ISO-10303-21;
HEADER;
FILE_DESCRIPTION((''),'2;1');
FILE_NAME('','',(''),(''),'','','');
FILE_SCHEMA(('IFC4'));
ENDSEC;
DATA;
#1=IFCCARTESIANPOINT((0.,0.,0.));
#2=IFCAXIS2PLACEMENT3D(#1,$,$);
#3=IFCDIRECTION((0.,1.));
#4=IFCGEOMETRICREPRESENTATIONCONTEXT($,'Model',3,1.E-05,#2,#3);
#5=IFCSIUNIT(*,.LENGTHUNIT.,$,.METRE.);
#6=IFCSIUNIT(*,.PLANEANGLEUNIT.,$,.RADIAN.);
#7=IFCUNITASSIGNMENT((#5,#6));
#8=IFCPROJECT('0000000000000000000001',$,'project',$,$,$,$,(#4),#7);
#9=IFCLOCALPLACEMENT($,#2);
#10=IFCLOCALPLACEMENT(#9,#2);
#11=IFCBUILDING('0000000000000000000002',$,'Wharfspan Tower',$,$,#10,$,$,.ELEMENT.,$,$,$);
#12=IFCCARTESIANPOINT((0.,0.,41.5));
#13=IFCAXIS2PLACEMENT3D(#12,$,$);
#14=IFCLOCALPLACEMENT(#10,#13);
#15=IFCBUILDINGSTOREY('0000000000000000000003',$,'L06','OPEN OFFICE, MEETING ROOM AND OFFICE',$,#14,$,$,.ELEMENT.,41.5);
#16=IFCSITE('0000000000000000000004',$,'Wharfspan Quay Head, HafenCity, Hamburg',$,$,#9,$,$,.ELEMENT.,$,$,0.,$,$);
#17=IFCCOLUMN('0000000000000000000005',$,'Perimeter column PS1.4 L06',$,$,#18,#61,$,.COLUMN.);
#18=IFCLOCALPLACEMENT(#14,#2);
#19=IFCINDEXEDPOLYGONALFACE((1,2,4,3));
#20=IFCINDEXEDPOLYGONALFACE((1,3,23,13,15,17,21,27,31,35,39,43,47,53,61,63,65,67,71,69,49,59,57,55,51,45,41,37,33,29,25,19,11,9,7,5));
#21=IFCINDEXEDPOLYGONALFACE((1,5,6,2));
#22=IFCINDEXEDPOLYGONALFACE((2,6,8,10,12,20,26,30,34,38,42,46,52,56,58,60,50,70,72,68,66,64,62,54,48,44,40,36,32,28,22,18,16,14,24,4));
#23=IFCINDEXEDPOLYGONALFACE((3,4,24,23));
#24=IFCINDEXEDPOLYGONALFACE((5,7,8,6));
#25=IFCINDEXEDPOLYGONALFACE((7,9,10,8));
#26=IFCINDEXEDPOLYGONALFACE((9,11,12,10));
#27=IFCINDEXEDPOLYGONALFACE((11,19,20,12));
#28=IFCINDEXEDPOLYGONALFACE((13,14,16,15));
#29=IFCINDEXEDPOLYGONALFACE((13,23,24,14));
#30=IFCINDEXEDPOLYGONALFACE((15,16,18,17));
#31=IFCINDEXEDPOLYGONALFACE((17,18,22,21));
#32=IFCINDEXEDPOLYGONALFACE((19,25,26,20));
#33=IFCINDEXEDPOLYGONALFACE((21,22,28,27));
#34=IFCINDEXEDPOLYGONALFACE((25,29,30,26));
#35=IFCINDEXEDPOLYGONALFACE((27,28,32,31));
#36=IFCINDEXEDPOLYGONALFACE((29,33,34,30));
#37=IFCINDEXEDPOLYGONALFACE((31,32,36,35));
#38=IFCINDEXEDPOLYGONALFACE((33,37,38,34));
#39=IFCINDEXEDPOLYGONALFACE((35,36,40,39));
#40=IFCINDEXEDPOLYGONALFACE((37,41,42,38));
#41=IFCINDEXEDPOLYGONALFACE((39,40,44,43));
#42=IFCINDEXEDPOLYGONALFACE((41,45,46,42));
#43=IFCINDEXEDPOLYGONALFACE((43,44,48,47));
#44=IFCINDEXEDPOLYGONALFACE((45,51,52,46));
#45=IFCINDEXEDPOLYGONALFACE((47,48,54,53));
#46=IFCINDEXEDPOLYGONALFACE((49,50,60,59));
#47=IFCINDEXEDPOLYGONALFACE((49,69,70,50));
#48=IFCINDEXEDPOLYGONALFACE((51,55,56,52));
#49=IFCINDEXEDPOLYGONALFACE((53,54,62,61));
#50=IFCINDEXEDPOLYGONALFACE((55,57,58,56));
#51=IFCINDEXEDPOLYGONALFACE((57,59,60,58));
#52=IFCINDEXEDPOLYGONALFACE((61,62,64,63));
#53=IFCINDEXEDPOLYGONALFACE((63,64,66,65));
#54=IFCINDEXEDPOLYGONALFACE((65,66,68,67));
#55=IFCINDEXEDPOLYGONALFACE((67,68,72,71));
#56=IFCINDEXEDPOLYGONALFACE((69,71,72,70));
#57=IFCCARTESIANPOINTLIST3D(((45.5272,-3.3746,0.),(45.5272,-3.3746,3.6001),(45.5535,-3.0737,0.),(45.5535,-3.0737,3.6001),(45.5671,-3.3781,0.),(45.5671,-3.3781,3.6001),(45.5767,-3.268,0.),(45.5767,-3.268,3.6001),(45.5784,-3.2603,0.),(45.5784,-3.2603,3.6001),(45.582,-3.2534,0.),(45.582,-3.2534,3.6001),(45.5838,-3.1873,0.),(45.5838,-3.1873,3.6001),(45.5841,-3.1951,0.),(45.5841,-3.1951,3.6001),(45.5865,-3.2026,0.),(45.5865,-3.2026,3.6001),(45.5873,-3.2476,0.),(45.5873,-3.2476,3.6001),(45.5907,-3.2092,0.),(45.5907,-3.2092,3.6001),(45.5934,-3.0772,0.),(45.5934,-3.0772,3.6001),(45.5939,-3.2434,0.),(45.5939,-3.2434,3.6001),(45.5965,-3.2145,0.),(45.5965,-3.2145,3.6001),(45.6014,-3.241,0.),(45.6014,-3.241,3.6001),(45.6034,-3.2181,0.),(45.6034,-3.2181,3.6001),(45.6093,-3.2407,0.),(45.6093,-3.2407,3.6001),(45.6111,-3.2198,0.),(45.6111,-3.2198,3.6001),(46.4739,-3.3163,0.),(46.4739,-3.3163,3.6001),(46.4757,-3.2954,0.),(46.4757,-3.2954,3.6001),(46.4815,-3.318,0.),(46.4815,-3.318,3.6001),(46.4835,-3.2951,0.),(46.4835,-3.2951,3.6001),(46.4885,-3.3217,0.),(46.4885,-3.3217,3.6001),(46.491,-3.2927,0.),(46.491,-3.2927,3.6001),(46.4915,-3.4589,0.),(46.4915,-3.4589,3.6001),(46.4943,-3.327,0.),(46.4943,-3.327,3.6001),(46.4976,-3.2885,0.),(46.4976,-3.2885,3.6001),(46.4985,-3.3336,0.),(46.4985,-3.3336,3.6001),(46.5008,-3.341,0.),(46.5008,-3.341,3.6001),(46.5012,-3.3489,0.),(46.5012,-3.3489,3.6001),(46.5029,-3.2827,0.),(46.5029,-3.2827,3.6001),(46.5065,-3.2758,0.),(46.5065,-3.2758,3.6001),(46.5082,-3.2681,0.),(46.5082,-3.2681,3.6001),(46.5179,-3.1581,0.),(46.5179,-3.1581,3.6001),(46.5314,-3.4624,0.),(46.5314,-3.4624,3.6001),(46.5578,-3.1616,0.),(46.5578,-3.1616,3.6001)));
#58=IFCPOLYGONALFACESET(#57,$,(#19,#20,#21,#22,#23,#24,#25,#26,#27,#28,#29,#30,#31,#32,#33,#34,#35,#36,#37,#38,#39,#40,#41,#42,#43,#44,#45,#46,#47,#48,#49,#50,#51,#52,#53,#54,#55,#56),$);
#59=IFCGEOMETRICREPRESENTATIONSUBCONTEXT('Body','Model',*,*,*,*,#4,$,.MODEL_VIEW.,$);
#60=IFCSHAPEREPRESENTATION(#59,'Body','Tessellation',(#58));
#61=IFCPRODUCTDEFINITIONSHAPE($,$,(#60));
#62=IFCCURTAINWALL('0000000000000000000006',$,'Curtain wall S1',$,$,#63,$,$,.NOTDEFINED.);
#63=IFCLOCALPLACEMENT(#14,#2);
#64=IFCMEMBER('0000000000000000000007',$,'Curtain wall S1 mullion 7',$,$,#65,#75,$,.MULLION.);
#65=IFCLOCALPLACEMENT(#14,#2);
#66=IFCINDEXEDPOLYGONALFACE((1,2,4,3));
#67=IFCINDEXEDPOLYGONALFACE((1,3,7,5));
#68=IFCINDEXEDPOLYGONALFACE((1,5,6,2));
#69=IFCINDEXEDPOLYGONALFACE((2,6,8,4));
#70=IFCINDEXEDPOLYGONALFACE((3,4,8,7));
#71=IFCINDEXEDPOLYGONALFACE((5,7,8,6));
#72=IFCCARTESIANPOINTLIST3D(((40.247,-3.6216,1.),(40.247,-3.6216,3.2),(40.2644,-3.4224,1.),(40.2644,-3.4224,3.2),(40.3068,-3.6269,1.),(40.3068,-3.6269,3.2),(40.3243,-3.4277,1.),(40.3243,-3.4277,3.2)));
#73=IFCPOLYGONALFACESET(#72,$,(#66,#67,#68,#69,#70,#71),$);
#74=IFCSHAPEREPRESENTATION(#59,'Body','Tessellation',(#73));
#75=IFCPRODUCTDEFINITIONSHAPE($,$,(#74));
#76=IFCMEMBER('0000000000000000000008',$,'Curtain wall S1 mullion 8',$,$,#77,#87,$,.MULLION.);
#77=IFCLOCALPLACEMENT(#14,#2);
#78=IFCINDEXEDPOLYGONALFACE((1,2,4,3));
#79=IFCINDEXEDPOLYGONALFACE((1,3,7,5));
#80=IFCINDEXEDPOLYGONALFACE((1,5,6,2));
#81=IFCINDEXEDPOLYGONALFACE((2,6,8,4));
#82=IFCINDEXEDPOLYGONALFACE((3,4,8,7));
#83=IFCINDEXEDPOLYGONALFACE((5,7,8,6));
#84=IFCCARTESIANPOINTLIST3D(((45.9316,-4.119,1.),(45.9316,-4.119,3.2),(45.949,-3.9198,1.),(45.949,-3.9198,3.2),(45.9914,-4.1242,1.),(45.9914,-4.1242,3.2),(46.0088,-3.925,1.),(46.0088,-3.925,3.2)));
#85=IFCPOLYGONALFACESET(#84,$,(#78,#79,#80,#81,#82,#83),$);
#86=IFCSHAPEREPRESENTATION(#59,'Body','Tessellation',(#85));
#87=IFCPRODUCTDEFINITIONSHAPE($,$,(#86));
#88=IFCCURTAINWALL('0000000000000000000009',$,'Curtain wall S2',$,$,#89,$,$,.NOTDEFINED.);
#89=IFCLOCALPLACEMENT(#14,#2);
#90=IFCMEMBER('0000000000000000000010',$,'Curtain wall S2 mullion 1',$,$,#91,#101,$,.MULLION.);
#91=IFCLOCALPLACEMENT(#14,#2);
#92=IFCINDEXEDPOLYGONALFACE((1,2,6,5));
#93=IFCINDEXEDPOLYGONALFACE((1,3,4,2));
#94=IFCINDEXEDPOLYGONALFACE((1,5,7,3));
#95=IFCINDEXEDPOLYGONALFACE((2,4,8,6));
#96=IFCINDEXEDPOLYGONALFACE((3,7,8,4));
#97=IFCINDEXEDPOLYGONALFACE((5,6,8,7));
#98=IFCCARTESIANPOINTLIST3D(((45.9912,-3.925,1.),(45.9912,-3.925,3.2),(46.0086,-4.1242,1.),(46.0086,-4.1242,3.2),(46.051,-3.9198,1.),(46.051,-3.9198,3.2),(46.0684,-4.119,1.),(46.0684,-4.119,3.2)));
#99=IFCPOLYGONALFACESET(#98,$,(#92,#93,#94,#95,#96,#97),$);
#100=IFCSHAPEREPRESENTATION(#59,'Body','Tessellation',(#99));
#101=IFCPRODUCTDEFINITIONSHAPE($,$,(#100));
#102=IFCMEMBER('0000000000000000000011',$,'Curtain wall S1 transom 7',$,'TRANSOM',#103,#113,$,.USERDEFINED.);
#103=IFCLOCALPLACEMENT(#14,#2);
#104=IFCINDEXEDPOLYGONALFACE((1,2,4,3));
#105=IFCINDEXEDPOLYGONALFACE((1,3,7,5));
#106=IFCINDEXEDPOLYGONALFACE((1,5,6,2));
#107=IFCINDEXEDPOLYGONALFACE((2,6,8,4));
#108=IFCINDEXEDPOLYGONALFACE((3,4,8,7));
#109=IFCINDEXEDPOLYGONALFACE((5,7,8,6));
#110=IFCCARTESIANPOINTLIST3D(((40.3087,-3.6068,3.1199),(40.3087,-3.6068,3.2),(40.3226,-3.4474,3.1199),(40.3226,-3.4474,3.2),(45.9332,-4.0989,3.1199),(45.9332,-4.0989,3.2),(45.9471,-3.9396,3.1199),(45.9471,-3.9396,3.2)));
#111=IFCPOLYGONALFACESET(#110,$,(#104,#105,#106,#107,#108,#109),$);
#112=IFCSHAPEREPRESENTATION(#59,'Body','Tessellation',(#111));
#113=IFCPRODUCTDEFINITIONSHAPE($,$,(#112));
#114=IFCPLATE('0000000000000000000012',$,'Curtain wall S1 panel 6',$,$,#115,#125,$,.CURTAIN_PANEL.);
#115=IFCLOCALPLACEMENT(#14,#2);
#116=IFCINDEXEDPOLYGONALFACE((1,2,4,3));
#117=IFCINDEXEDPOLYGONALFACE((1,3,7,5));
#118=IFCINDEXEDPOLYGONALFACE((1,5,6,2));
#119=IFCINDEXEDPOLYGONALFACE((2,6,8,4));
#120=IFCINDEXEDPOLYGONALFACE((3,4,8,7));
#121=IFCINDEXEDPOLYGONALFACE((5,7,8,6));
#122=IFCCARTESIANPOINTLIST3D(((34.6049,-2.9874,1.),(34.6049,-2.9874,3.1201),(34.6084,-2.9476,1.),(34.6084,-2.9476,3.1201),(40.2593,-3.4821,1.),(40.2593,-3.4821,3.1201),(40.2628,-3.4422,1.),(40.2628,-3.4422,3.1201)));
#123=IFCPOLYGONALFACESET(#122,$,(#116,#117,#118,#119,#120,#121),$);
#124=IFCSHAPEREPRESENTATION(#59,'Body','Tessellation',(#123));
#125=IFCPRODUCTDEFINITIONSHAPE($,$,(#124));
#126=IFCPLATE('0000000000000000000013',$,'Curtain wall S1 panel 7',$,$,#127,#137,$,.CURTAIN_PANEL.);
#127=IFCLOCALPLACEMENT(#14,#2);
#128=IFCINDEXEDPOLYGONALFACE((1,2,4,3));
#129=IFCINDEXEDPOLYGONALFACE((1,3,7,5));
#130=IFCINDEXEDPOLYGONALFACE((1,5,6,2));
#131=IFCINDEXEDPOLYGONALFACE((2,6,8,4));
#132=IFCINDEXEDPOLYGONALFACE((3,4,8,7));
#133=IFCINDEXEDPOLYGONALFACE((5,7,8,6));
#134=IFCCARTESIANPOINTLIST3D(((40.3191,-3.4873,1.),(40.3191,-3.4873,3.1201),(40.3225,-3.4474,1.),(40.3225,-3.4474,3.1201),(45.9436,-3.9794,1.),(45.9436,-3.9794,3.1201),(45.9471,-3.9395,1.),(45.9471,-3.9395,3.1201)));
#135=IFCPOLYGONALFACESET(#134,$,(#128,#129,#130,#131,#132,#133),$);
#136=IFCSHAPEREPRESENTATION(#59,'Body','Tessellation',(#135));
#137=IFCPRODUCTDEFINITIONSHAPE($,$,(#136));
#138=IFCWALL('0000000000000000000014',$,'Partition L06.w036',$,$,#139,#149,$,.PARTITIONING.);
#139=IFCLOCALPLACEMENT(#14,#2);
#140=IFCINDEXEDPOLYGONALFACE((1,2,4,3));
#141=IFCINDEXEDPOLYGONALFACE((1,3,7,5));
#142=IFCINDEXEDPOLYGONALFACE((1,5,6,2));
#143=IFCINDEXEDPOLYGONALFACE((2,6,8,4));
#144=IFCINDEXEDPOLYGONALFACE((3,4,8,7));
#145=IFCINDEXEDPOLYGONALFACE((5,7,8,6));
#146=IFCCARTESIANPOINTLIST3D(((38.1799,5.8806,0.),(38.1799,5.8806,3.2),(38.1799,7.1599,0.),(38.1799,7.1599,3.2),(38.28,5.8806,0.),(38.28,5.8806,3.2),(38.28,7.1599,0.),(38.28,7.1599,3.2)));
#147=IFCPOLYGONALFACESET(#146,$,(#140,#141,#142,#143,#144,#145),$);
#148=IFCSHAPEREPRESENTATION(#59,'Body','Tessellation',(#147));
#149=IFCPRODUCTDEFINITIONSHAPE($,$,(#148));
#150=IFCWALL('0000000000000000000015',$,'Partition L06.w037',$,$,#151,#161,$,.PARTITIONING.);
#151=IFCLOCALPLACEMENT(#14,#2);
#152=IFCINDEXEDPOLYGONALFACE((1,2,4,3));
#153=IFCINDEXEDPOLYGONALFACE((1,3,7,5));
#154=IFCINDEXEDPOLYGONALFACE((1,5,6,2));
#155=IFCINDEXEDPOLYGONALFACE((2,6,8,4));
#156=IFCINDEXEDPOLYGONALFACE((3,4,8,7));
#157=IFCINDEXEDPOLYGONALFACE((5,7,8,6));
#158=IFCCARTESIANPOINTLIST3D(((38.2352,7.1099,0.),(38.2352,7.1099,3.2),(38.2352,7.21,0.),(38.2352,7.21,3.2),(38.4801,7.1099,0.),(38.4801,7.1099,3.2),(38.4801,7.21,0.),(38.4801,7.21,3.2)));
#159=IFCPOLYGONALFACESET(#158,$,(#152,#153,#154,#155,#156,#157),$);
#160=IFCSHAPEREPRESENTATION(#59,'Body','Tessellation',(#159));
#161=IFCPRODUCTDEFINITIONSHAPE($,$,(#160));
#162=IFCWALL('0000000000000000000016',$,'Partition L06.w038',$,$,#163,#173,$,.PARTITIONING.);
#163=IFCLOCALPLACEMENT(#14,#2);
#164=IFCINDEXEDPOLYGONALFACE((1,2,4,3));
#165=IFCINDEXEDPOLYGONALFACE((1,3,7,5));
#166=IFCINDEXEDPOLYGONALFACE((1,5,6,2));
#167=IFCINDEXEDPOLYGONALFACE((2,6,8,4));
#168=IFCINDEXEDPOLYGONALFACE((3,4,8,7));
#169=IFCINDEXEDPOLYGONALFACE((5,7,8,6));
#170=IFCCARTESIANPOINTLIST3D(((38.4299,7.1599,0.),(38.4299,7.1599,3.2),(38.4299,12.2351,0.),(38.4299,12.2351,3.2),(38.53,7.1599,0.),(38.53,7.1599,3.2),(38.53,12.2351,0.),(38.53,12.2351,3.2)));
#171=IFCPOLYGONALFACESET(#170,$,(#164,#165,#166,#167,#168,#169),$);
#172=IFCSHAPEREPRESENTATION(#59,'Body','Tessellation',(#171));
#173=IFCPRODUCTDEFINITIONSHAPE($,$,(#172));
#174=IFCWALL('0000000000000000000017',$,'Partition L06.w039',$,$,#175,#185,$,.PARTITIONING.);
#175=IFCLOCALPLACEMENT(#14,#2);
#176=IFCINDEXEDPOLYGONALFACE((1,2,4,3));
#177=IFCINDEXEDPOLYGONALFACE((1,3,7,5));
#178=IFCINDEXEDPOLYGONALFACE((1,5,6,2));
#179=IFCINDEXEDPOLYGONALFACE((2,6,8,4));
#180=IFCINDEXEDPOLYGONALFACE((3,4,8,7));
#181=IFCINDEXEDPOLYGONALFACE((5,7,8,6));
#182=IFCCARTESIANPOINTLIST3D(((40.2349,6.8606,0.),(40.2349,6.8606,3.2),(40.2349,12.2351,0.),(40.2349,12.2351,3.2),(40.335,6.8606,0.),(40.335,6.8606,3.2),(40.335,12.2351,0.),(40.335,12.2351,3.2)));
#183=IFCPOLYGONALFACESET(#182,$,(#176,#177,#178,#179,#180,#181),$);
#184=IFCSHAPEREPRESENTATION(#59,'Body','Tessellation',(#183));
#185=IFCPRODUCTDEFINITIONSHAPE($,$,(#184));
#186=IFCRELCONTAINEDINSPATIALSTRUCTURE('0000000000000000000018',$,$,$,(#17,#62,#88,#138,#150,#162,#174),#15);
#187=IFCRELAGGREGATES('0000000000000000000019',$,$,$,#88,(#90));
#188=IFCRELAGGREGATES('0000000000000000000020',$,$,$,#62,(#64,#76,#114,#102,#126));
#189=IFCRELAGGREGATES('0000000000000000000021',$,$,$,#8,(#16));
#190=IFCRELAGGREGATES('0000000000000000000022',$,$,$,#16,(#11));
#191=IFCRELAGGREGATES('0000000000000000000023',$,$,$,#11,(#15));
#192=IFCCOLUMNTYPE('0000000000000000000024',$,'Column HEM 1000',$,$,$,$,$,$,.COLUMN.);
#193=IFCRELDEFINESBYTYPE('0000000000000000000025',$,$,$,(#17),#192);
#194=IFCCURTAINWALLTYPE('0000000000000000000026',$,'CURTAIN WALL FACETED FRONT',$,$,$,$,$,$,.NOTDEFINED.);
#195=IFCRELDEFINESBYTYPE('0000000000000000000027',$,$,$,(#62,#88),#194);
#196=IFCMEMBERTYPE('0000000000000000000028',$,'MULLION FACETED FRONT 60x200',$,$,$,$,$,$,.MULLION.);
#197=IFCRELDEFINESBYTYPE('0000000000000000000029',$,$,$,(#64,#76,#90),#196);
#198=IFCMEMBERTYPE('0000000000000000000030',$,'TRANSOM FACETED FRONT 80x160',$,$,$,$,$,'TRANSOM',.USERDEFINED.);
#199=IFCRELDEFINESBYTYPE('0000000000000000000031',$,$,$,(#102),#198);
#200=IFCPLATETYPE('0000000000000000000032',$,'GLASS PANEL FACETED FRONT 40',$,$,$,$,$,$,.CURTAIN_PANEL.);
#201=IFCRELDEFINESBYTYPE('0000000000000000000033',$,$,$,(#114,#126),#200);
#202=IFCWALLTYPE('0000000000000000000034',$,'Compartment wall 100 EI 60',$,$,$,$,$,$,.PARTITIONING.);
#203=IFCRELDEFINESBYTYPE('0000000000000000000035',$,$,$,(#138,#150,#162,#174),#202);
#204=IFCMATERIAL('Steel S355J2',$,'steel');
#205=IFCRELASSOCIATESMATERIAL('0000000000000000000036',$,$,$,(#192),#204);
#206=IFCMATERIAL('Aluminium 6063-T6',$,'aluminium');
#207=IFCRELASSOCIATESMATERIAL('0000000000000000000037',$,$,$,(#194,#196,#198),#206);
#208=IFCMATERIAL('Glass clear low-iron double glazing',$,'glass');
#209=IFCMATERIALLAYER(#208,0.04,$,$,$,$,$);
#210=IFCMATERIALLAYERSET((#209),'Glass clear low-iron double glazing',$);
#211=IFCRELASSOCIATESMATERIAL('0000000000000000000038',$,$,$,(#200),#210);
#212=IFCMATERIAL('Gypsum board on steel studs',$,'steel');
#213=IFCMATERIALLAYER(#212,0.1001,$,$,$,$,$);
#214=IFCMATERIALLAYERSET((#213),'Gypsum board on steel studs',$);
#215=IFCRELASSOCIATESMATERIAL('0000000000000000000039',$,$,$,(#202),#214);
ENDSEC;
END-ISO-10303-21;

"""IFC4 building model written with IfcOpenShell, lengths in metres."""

from ifc_helpers import new_model, si_unit, direction, frame, frame_2d, origin, origin_2d, place, context, subcontext, project, spatial, rectangle, i_section, extrude, material, layer, layer_set, material_profile, profile_set, type_object, element, aggregate, save


model = new_model("IFC4")

# Units and contexts
model_context = context("Model", 3, precision=1e-05, world=origin(), true_north=direction((0.0, 1.0)))
body_context = subcontext(model_context, "Body", "Model", "MODEL_VIEW")
ifc_project = project(units=[si_unit("LENGTHUNIT", "METRE"), si_unit("PLANEANGLEUNIT", "RADIAN")], contexts=[model_context])

# Site, building, storey
site_placement = place(None, origin())
site = spatial("IfcSite", under=ifc_project, at=site_placement, Name="Wharfspan Quay Head, HafenCity, Hamburg", CompositionType="ELEMENT", RefElevation=0.0)
building_placement = place(site_placement, origin())
building = spatial("IfcBuilding", under=site, at=building_placement, Name="Wharfspan Tower", CompositionType="ELEMENT")
storey_placement = place(building_placement, frame((0.0, 0.0, 41.5)))
storey = spatial("IfcBuildingStorey", under=building, at=storey_placement, Name="L06", Description="OPEN OFFICE, MEETING ROOM AND OFFICE", CompositionType="ELEMENT", Elevation=41.5)

# Column
ifc_material_1 = material(Name="Steel S355J2", Category="steel")
ifc_material_profile_1 = material_profile(ifc_material_1, i_section(OverallWidth=0.302, OverallDepth=1.0081, WebThickness=0.021, FlangeThickness=0.04, FilletRadius=0.03, at=origin_2d()))
ifc_profile_set_1 = profile_set([ifc_material_profile_1], Name="Steel S355J2")
column_type = type_object("IfcColumnType", Name="Column HEM 1000", PredefinedType="COLUMN", material=ifc_profile_set_1)
column_placement = place(storey_placement, frame((46.0425, -3.2681, 0.0), z_axis=(0.0, 0.0, 1.0), x_axis=(-0.087156, -0.996198, 0.0)))
element("IfcColumn", 1, at=column_placement, inside=storey, type_object=column_type, Name="Perimeter column PS1.4 L06", PredefinedType="COLUMN", context=body_context, shape_type="SweptSolid", body=[
    extrude(i_section(OverallWidth=0.302, OverallDepth=1.0081, WebThickness=0.021, FlangeThickness=0.04, FilletRadius=0.03, at=origin_2d()), origin(), (0.0, 0.0, 1.0), 3.6001),
])

# Curtain wall, members
ifc_material_2 = material(Name="Aluminium 6063-T6", Category="aluminium")
curtain_wall_type = type_object("IfcCurtainWallType", Name="CURTAIN WALL FACETED FRONT", PredefinedType="NOTDEFINED", material=ifc_material_2)
curtain_wall_1_placement = place(storey_placement, origin())
curtain_wall_1 = element("IfcCurtainWall", 2, at=curtain_wall_1_placement, inside=storey, type_object=curtain_wall_type, Name="Curtain wall S1", PredefinedType="NOTDEFINED")
ifc_material_profile_2 = material_profile(ifc_material_2, rectangle(XDim=0.2, YDim=0.0601, at=origin_2d()))
ifc_profile_set_2 = profile_set([ifc_material_profile_2], Name="Aluminium 6063-T6")
member_type_1 = type_object("IfcMemberType", Name="MULLION FACETED FRONT 60x200", PredefinedType="MULLION", material=ifc_profile_set_2)
member_1_placement = place(storey_placement, frame((40.2856, -3.5247, 1.0), z_axis=(0.0, 0.0, 1.0), x_axis=(0.087156, 0.996197, 0.0)))
member_1 = element("IfcMember", 3, at=member_1_placement, type_object=member_type_1, Name="Curtain wall S1 mullion 7", PredefinedType="MULLION", context=body_context, shape_type="SweptSolid", body=[
    extrude(rectangle(XDim=0.2, YDim=0.0601, at=origin_2d()), origin(), (0.0, 0.0, 1.0), 2.2),
])
member_2_placement = place(storey_placement, frame((45.9702, -4.022, 1.0), z_axis=(0.0, 0.0, 1.0), x_axis=(0.087156, 0.996197, 0.0)))
member_2 = element("IfcMember", 4, at=member_2_placement, type_object=member_type_1, Name="Curtain wall S1 mullion 8", PredefinedType="MULLION", context=body_context, shape_type="SweptSolid", body=[
    extrude(rectangle(XDim=0.2, YDim=0.0601, at=origin_2d()), origin(), (0.0, 0.0, 1.0), 2.2),
])

# Curtain wall, member
curtain_wall_2_placement = place(storey_placement, origin())
curtain_wall_2 = element("IfcCurtainWall", 5, at=curtain_wall_2_placement, inside=storey, type_object=curtain_wall_type, Name="Curtain wall S2", PredefinedType="NOTDEFINED")
member_3_placement = place(storey_placement, frame((46.0298, -4.022, 1.0), z_axis=(0.0, 0.0, 1.0), x_axis=(-0.087156, 0.996197, 0.0)))
member_3 = element("IfcMember", 6, at=member_3_placement, type_object=member_type_1, Name="Curtain wall S2 mullion 1", PredefinedType="MULLION", context=body_context, shape_type="SweptSolid", body=[
    extrude(rectangle(XDim=0.2, YDim=0.0601, at=origin_2d()), origin(), (0.0, 0.0, 1.0), 2.2),
])
aggregate(curtain_wall_2, [member_3])

# Member
ifc_material_profile_3 = material_profile(ifc_material_2, rectangle(XDim=0.1599, YDim=0.0801, at=origin_2d()))
ifc_profile_set_3 = profile_set([ifc_material_profile_3], Name="Aluminium 6063-T6")
member_type_2 = type_object("IfcMemberType", Name="TRANSOM FACETED FRONT 80x160", ElementType="TRANSOM", PredefinedType="USERDEFINED", material=ifc_profile_set_3)
member_4_placement = place(storey_placement, frame((40.3157, -3.5271, 3.1599), z_axis=(0.996193, -0.087174, 0.0), x_axis=(0.087174, 0.996193, 0.0)))
member_4 = element("IfcMember", 7, at=member_4_placement, type_object=member_type_2, Name="Curtain wall S1 transom 7", ObjectType="TRANSOM", PredefinedType="USERDEFINED", context=body_context, shape_type="SweptSolid", body=[
    extrude(rectangle(XDim=0.1599, YDim=0.0801, at=origin_2d()), origin(), (0.0, 0.0, 1.0), 5.646),
])

# Plates
ifc_material_3 = material(Name="Glass clear low-iron double glazing", Category="glass")
ifc_layer_1 = layer(ifc_material_3, 0.04)
ifc_layer_set_1 = layer_set([ifc_layer_1], Name="Glass clear low-iron double glazing")
plate_type = type_object("IfcPlateType", Name="GLASS PANEL FACETED FRONT 40", PredefinedType="CURTAIN_PANEL", material=ifc_layer_set_1)
plate_1_placement = place(storey_placement, frame((37.4338, -3.2148, 1.0), z_axis=(0.0, 0.0, 1.0), x_axis=(0.996197, -0.087156, 0.0)))
plate_1 = element("IfcPlate", 8, at=plate_1_placement, type_object=plate_type, Name="Curtain wall S1 panel 6", PredefinedType="CURTAIN_PANEL", context=body_context, shape_type="SweptSolid", body=[
    extrude(rectangle(XDim=5.676, YDim=0.04, at=origin_2d()), origin(), (0.0, 0.0, 1.0), 2.1201),
])
plate_2_placement = place(storey_placement, frame((43.1331, -3.7134, 1.0), z_axis=(0.0, 0.0, 1.0), x_axis=(0.996197, -0.087156, 0.0)))
plate_2 = element("IfcPlate", 9, at=plate_2_placement, type_object=plate_type, Name="Curtain wall S1 panel 7", PredefinedType="CURTAIN_PANEL", context=body_context, shape_type="SweptSolid", body=[
    extrude(rectangle(XDim=5.646, YDim=0.04, at=origin_2d()), origin(), (0.0, 0.0, 1.0), 2.1201),
])
aggregate(curtain_wall_1, [member_1, member_2, plate_1, member_4, plate_2])

# Walls
ifc_material_4 = material(Name="Gypsum board on steel studs", Category="steel")
ifc_layer_2 = layer(ifc_material_4, 0.1001)
ifc_layer_set_2 = layer_set([ifc_layer_2], Name="Gypsum board on steel studs")
wall_type_1 = type_object("IfcWallType", Name="Compartment wall 100 EI 60", PredefinedType="PARTITIONING", material=ifc_layer_set_2)
wall_1_placement = place(storey_placement, frame((38.23, 5.8806, 0.0), z_axis=(0.0, 0.0, 1.0), x_axis=(0.0, 1.0, 0.0)))
element("IfcWall", 10, at=wall_1_placement, inside=storey, type_object=wall_type_1, Name="Partition L06.w036", PredefinedType="PARTITIONING", context=body_context, shape_type="SweptSolid", body=[
    extrude(rectangle(XDim=1.2793, YDim=0.1001, at=frame_2d((0.6396, 0.0))), origin(), (0.0, 0.0, 1.0), 3.2),
])
wall_2_placement = place(storey_placement, frame((38.2351, 7.1599, 0.0), z_axis=(0.0, 0.0, 1.0), x_axis=(1.0, 0.0, 0.0)))
element("IfcWall", 11, at=wall_2_placement, inside=storey, type_object=wall_type_1, Name="Partition L06.w037", PredefinedType="PARTITIONING", context=body_context, shape_type="SweptSolid", body=[
    extrude(rectangle(XDim=0.2449, YDim=0.1001, at=frame_2d((0.1226, 0.0))), origin(), (0.0, 0.0, 1.0), 3.2),
])
wall_3_placement = place(storey_placement, frame((38.48, 7.1599, 0.0), z_axis=(0.0, 0.0, 1.0), x_axis=(0.0, 1.0, 0.0)))
element("IfcWall", 12, at=wall_3_placement, inside=storey, type_object=wall_type_1, Name="Partition L06.w038", PredefinedType="PARTITIONING", context=body_context, shape_type="SweptSolid", body=[
    extrude(rectangle(XDim=5.0752, YDim=0.1001, at=frame_2d((2.5376, 0.0))), origin(), (0.0, 0.0, 1.0), 3.2),
])
wall_4_placement = place(storey_placement, frame((40.2849, 6.8606, 0.0), z_axis=(0.0, 0.0, 1.0), x_axis=(0.0, 1.0, 0.0)))
element("IfcWall", 13, at=wall_4_placement, inside=storey, type_object=wall_type_1, Name="Partition L06.w039", PredefinedType="PARTITIONING", context=body_context, shape_type="SweptSolid", body=[
    extrude(rectangle(XDim=5.3745, YDim=0.1001, at=frame_2d((2.6873, 0.0))), origin(), (0.0, 0.0, 1.0), 3.2),
])

save(model, "model.ifc")
